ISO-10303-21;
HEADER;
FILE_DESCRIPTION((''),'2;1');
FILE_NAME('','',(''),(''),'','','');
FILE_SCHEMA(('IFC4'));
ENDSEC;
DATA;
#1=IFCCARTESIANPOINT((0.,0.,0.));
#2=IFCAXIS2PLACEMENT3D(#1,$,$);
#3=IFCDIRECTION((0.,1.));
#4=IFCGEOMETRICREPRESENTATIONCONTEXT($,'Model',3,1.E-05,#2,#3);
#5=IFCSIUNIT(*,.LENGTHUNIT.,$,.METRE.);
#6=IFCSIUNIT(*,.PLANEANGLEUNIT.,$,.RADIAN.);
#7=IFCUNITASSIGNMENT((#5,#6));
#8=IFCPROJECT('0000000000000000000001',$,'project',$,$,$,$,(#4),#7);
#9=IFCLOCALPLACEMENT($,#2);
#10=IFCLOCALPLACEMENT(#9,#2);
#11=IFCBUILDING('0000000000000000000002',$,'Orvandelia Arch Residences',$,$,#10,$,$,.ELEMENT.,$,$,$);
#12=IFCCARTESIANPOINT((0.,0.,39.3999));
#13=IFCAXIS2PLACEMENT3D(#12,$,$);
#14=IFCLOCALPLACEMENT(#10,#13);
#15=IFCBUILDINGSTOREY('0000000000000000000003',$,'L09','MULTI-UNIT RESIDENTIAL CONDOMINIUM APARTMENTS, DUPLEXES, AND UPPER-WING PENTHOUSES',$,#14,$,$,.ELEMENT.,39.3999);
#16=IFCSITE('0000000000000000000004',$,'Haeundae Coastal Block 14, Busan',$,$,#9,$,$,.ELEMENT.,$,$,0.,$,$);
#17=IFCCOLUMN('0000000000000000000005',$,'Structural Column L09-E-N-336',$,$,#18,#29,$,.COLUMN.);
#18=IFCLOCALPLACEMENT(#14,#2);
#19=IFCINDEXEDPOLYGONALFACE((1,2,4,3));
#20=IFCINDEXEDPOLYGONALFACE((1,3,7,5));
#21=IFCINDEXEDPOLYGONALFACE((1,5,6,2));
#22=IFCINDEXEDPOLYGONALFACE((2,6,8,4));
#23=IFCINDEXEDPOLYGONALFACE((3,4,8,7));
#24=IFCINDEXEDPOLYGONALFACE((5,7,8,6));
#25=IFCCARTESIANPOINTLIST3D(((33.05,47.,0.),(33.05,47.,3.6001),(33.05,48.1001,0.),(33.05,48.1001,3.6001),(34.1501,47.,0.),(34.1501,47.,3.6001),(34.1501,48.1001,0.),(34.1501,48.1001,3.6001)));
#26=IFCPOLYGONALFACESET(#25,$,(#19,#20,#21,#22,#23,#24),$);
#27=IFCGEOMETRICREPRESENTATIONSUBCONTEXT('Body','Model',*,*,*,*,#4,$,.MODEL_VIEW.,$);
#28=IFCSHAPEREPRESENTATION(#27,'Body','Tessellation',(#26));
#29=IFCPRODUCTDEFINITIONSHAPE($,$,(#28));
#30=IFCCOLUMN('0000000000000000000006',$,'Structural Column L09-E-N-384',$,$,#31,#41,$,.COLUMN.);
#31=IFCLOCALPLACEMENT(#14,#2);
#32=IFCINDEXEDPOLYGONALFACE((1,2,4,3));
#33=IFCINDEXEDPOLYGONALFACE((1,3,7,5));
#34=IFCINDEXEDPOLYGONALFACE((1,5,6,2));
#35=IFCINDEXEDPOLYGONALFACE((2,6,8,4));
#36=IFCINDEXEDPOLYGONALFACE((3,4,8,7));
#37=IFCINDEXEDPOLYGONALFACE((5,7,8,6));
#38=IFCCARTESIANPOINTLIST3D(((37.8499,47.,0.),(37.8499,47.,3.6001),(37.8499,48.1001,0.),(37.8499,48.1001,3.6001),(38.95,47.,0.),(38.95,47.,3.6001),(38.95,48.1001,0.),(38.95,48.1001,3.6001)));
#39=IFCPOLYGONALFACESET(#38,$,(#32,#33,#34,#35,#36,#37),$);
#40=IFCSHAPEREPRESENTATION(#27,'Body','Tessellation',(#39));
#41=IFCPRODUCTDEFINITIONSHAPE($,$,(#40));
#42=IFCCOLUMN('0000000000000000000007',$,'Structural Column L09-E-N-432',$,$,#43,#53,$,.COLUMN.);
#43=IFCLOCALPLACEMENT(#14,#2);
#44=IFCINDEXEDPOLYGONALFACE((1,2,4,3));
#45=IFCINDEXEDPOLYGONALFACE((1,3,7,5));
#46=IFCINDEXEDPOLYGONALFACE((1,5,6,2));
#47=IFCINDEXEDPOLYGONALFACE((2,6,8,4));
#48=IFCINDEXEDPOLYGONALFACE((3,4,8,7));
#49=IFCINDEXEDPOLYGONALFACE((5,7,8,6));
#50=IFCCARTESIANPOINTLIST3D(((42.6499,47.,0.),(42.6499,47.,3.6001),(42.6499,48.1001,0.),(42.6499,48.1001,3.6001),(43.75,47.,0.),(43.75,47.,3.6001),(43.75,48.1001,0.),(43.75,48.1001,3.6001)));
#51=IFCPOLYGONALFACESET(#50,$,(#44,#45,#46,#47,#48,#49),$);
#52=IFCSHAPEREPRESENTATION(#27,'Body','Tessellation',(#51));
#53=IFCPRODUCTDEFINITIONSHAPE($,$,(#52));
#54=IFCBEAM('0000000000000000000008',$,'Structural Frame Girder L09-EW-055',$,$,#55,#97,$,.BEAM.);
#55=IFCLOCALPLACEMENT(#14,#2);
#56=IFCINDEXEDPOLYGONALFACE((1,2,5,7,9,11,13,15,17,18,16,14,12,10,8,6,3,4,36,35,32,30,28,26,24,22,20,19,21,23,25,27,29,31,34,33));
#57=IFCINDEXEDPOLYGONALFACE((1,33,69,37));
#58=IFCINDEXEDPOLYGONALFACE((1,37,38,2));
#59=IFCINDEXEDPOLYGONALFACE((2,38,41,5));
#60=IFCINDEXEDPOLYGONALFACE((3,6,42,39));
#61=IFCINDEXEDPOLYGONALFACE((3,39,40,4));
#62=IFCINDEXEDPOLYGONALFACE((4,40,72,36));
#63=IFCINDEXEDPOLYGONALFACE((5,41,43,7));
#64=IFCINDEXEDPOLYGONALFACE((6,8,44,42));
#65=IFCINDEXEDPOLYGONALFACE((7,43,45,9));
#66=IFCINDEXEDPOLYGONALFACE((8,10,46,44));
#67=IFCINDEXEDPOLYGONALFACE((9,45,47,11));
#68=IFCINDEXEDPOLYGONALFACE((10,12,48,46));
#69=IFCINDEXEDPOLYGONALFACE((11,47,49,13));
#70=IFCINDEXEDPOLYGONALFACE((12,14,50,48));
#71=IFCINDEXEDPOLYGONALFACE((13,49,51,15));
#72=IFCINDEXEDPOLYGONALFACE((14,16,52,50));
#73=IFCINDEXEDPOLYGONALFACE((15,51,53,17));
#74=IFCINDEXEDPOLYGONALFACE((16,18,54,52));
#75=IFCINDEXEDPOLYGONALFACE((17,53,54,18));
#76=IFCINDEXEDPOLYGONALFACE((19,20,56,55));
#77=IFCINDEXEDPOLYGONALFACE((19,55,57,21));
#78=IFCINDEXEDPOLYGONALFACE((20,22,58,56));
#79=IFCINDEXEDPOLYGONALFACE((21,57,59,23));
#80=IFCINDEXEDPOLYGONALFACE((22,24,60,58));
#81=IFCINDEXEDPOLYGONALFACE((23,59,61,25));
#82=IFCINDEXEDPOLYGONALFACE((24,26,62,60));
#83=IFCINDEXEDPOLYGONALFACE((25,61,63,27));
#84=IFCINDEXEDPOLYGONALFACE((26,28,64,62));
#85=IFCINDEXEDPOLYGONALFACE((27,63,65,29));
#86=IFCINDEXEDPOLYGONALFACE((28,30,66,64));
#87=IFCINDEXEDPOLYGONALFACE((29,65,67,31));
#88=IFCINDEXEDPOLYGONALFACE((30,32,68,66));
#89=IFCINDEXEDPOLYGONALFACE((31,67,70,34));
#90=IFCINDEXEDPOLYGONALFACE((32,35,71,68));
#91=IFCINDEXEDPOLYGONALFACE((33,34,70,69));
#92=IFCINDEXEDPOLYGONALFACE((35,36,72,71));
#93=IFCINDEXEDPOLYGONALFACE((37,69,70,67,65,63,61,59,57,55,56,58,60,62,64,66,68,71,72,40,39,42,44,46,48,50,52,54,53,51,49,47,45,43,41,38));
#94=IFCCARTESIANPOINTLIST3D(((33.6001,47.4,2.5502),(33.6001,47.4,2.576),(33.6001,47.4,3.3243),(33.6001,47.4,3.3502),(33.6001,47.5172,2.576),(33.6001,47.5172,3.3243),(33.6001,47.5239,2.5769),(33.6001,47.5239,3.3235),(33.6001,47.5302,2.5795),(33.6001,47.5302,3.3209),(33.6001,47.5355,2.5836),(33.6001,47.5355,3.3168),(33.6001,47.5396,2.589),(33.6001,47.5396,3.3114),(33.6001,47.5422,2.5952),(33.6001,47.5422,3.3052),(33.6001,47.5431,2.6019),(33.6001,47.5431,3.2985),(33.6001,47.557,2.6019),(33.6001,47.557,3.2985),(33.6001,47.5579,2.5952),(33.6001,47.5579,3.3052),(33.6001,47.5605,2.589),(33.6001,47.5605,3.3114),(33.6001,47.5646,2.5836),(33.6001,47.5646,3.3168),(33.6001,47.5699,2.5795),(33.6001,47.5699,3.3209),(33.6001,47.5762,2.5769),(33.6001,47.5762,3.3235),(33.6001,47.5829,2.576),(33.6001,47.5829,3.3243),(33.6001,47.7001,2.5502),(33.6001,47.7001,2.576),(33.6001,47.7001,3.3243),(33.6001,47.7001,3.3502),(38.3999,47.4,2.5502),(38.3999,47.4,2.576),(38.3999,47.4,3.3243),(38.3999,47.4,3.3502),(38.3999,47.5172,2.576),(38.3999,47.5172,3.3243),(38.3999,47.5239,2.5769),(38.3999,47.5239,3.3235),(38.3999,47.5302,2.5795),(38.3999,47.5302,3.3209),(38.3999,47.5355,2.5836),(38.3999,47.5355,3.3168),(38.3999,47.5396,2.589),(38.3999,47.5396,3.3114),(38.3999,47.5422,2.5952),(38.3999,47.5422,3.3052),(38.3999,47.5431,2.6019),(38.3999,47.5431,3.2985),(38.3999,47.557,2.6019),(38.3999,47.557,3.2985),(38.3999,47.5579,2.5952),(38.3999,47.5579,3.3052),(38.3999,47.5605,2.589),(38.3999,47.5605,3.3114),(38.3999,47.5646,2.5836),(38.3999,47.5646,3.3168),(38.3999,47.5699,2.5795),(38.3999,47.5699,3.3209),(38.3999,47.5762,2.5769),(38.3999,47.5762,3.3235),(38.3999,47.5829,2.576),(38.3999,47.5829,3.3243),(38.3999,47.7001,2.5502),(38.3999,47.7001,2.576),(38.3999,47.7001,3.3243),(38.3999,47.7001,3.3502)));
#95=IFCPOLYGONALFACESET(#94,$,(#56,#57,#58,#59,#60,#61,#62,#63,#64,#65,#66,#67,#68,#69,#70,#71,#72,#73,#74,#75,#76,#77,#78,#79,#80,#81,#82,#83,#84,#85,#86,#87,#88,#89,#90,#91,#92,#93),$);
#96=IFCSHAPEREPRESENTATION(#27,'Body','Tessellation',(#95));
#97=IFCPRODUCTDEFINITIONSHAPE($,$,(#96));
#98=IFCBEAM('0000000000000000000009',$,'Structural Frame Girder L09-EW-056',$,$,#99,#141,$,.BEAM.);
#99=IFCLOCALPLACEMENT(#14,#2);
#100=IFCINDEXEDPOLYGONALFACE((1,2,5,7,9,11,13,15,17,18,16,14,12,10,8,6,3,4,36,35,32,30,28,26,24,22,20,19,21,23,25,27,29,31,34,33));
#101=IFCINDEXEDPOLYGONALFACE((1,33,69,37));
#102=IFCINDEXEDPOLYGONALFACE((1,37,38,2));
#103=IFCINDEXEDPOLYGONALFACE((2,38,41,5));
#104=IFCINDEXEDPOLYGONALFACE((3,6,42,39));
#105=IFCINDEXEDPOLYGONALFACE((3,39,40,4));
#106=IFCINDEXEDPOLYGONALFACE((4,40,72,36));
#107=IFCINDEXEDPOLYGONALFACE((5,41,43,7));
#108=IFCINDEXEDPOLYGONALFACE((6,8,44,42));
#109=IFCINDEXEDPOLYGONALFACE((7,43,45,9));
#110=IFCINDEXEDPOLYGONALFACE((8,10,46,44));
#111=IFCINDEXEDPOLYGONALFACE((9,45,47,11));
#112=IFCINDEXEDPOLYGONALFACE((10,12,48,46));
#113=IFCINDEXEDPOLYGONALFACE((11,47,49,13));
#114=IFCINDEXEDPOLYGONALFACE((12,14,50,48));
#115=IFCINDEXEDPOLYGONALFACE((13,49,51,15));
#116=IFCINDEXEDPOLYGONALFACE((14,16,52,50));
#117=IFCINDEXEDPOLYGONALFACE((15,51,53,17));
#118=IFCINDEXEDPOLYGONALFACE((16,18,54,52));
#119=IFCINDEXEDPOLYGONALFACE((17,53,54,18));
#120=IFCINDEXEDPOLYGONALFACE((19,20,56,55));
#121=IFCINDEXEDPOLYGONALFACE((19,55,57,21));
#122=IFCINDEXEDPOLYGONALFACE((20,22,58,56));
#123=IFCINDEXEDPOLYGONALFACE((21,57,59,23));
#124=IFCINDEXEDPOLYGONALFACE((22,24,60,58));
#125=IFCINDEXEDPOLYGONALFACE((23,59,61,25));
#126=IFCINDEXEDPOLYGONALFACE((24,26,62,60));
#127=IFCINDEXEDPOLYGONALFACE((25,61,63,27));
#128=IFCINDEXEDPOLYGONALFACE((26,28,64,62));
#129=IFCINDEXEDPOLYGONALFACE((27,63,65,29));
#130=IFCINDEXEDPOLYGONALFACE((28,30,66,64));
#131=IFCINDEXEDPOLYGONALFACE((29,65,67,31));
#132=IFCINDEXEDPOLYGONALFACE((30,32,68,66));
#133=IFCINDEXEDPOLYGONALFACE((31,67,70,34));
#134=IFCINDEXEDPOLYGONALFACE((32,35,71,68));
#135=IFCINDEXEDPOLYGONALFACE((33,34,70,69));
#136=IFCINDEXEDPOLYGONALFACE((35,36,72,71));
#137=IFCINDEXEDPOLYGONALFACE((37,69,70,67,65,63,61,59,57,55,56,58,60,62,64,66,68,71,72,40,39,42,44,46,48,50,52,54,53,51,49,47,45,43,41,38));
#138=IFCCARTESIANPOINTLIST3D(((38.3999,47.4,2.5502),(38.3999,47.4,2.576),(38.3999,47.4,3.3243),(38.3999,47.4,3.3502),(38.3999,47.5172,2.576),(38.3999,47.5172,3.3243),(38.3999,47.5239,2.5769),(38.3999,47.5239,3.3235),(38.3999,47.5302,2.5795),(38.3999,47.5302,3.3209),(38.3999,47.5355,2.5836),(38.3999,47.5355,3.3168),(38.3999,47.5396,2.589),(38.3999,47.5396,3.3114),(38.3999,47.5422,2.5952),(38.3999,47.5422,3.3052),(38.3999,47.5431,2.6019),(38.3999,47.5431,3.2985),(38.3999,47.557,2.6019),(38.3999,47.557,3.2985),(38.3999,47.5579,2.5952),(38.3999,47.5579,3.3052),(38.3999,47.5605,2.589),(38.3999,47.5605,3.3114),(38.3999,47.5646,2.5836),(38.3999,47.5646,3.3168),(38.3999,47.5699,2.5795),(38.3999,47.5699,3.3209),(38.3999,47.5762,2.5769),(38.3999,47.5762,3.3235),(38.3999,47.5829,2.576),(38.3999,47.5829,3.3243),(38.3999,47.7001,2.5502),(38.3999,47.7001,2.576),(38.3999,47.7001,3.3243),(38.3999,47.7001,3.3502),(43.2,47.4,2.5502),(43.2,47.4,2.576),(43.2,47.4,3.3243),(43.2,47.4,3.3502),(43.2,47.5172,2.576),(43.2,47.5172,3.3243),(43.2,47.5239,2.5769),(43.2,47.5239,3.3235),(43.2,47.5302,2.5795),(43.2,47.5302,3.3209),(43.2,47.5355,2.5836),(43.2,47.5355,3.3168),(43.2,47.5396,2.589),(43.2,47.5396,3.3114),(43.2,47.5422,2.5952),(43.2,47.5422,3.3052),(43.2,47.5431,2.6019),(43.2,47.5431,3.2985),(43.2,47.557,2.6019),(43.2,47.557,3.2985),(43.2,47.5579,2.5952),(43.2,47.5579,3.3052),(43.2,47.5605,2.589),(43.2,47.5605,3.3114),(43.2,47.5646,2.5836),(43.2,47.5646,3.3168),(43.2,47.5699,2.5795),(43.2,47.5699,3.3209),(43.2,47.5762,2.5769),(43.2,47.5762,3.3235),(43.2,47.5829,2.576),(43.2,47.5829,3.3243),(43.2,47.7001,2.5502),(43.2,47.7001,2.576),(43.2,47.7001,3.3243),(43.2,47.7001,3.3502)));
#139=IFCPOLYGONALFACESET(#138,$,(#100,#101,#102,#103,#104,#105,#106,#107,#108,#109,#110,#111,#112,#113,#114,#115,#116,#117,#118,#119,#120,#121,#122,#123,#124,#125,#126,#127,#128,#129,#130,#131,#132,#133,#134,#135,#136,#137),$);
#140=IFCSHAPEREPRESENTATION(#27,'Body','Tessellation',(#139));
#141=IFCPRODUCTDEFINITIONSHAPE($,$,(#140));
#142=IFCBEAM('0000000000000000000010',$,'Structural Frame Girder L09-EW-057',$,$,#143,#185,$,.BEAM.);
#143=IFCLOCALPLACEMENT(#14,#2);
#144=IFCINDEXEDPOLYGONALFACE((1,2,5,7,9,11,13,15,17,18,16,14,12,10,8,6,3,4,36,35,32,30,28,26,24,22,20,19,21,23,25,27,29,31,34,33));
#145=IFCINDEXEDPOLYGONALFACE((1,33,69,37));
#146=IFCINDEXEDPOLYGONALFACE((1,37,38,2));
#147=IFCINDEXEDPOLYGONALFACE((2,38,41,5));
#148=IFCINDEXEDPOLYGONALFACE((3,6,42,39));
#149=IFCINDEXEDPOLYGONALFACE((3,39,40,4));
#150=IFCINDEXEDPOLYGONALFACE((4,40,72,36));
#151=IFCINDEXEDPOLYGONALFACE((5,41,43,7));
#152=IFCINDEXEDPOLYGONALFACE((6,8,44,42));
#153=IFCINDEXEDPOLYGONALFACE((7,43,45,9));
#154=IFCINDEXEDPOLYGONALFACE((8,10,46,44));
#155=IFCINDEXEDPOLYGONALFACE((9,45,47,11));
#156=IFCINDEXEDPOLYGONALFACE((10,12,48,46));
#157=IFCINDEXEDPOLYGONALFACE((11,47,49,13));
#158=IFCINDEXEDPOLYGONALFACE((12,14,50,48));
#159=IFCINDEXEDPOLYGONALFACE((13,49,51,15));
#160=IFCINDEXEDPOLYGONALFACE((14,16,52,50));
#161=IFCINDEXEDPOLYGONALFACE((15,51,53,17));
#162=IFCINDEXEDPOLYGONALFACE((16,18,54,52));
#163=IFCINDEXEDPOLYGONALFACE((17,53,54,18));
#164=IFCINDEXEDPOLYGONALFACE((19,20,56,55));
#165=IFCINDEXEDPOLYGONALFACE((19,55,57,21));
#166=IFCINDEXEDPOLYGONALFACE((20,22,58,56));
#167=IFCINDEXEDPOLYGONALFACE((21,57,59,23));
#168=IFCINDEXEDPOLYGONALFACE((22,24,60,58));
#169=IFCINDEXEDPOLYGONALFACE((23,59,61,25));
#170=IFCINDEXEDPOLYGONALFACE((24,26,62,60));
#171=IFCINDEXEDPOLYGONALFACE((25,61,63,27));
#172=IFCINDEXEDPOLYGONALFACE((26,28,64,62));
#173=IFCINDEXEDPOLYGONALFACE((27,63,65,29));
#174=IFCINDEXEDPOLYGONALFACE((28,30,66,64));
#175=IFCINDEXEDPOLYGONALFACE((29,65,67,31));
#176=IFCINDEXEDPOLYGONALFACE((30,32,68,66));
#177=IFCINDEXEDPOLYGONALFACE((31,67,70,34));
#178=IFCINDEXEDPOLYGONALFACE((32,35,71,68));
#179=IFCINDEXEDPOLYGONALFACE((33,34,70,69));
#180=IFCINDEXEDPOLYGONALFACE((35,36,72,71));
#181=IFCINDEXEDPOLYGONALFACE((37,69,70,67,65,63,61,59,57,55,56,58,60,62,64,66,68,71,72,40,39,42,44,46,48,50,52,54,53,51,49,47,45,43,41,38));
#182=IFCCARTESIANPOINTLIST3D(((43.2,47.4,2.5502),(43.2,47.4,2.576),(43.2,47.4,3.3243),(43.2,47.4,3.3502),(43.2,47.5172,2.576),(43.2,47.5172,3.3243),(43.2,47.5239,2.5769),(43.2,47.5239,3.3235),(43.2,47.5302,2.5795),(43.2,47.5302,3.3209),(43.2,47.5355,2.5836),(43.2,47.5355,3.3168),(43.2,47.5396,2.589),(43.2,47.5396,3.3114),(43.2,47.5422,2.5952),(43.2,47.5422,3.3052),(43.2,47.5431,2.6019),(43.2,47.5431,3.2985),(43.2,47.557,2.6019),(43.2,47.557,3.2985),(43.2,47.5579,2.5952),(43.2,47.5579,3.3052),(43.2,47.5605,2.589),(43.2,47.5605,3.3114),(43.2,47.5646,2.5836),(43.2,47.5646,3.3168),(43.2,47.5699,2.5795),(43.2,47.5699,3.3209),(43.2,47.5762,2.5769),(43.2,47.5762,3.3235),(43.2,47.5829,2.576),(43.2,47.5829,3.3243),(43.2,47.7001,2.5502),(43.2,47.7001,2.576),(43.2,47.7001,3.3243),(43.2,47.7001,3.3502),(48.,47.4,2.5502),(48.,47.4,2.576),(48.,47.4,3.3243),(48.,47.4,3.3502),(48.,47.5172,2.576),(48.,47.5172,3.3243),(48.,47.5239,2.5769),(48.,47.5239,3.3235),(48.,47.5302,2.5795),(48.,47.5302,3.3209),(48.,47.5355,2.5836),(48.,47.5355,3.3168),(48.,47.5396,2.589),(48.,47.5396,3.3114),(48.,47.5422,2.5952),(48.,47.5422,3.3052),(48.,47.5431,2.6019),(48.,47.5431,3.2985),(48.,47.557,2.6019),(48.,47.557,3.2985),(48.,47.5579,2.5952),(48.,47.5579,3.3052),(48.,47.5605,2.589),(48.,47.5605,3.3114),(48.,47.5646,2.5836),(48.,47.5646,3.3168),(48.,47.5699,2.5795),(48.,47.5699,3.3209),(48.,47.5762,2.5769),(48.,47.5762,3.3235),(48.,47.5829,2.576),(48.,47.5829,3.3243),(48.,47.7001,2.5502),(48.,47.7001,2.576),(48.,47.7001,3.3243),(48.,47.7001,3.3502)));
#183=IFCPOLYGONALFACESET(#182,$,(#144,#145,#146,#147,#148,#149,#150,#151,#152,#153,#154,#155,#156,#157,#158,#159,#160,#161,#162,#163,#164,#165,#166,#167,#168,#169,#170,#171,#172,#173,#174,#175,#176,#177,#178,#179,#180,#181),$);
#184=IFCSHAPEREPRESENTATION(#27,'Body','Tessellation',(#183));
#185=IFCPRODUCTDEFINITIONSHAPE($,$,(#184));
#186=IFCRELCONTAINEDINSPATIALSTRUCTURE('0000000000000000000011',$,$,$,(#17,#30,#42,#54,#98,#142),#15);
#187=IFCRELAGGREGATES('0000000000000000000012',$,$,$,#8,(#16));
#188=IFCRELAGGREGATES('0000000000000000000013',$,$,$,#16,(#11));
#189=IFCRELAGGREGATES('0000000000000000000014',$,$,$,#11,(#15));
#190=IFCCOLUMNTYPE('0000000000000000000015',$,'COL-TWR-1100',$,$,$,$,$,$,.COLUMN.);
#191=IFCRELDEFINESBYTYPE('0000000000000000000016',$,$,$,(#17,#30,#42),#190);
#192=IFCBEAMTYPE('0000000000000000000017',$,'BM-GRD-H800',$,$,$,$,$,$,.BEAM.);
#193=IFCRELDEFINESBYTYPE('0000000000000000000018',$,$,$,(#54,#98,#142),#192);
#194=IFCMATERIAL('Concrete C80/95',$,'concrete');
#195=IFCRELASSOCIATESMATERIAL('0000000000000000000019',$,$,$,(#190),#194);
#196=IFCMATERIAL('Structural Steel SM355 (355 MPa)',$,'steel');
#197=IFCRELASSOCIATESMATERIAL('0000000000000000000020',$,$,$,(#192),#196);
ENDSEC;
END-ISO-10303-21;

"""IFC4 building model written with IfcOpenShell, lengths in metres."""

from ifc_helpers import new_model, si_unit, direction, frame, origin, origin_2d, place, context, subcontext, project, spatial, rectangle, i_section, extrude, material, material_profile, profile_set, type_object, element, save


model = new_model("IFC4")

# Units and contexts
model_context = context("Model", 3, precision=1e-05, world=origin(), true_north=direction((0.0, 1.0)))
body_context = subcontext(model_context, "Body", "Model", "MODEL_VIEW")
ifc_project = project(units=[si_unit("LENGTHUNIT", "METRE"), si_unit("PLANEANGLEUNIT", "RADIAN")], contexts=[model_context])

# Site, building, storey
site_placement = place(None, origin())
site = spatial("IfcSite", under=ifc_project, at=site_placement, Name="Haeundae Coastal Block 14, Busan", CompositionType="ELEMENT", RefElevation=0.0)
building_placement = place(site_placement, origin())
building = spatial("IfcBuilding", under=site, at=building_placement, Name="Orvandelia Arch Residences", CompositionType="ELEMENT")
storey_placement = place(building_placement, frame((0.0, 0.0, 39.3999)))
storey = spatial("IfcBuildingStorey", under=building, at=storey_placement, Name="L09", Description="MULTI-UNIT RESIDENTIAL CONDOMINIUM APARTMENTS, DUPLEXES, AND UPPER-WING PENTHOUSES", CompositionType="ELEMENT", Elevation=39.3999)

# Columns
ifc_material_1 = material(Name="Concrete C80/95", Category="concrete")
ifc_material_profile_1 = material_profile(ifc_material_1, rectangle(XDim=1.1001, YDim=1.1001, at=origin_2d()), Name="Concrete C80/95", Category="concrete")
ifc_profile_set_1 = profile_set([ifc_material_profile_1], Name="Concrete C80/95")
column_type = type_object("IfcColumnType", Name="COL-TWR-1100", PredefinedType="COLUMN", material=ifc_profile_set_1)
for number, where, z_axis, x_axis, name in (
    (1, (33.6001, 47.55, 0.0), (0.0, 0.0, 1.0), (1.0, 0.0, 0.0), "Structural Column L09-E-N-336"),
    (2, (38.3999, 47.55, 0.0), (0.0, 0.0, 1.0), (1.0, 0.0, 0.0), "Structural Column L09-E-N-384"),
    (3, (43.2, 47.55, 0.0), (0.0, 0.0, 1.0), (1.0, 0.0, 0.0), "Structural Column L09-E-N-432"),
):
    element("IfcColumn", number, at=place(storey_placement, frame(where, z_axis=z_axis, x_axis=x_axis)), inside=storey, type_object=column_type, Name=name, PredefinedType="COLUMN", context=body_context, shape_type="SweptSolid", body=[
        extrude(rectangle(XDim=1.1001, YDim=1.1001, at=origin_2d()), origin(), (0.0, 0.0, 1.0), 3.6001),
    ])

# Beams
ifc_material_2 = material(Name="Structural Steel SM355 (355 MPa)", Category="steel")
ifc_material_profile_2 = material_profile(ifc_material_2, i_section(OverallWidth=0.3, OverallDepth=0.8, WebThickness=0.0139, FlangeThickness=0.0259, FilletRadius=0.0259, at=origin_2d()), Name="Structural Steel SM355 (355 MPa)", Category="steel")
ifc_profile_set_2 = profile_set([ifc_material_profile_2], Name="Structural Steel SM355 (355 MPa)")
beam_type = type_object("IfcBeamType", Name="BM-GRD-H800", PredefinedType="BEAM", material=ifc_profile_set_2)
beam_placement = place(storey_placement, frame((33.6001, 47.55, 2.9502), z_axis=(1.0, 0.0, 0.0), x_axis=(0.0, 1.0, 0.0)))
element("IfcBeam", 4, at=beam_placement, inside=storey, type_object=beam_type, Name="Structural Frame Girder L09-EW-055", PredefinedType="BEAM", context=body_context, shape_type="SweptSolid", body=[
    extrude(i_section(OverallWidth=0.3, OverallDepth=0.8, WebThickness=0.0139, FlangeThickness=0.0259, FilletRadius=0.0259, at=origin_2d()), origin(), (0.0, 0.0, 1.0), 4.7998),
])
for number, where, z_axis, x_axis, name in (
    (5, (38.3999, 47.55, 2.9502), (1.0, 0.0, 0.0), (0.0, 1.0, 0.0), "Structural Frame Girder L09-EW-056"),
    (6, (43.2, 47.55, 2.9502), (1.0, 0.0, 0.0), (0.0, 1.0, 0.0), "Structural Frame Girder L09-EW-057"),
):
    element("IfcBeam", number, at=place(storey_placement, frame(where, z_axis=z_axis, x_axis=x_axis)), inside=storey, type_object=beam_type, Name=name, PredefinedType="BEAM", context=body_context, shape_type="SweptSolid", body=[
        extrude(i_section(OverallWidth=0.3, OverallDepth=0.8, WebThickness=0.0139, FlangeThickness=0.0259, FilletRadius=0.0259, at=origin_2d()), origin(), (0.0, 0.0, 1.0), 4.8),
    ])

save(model, "model.ifc")
